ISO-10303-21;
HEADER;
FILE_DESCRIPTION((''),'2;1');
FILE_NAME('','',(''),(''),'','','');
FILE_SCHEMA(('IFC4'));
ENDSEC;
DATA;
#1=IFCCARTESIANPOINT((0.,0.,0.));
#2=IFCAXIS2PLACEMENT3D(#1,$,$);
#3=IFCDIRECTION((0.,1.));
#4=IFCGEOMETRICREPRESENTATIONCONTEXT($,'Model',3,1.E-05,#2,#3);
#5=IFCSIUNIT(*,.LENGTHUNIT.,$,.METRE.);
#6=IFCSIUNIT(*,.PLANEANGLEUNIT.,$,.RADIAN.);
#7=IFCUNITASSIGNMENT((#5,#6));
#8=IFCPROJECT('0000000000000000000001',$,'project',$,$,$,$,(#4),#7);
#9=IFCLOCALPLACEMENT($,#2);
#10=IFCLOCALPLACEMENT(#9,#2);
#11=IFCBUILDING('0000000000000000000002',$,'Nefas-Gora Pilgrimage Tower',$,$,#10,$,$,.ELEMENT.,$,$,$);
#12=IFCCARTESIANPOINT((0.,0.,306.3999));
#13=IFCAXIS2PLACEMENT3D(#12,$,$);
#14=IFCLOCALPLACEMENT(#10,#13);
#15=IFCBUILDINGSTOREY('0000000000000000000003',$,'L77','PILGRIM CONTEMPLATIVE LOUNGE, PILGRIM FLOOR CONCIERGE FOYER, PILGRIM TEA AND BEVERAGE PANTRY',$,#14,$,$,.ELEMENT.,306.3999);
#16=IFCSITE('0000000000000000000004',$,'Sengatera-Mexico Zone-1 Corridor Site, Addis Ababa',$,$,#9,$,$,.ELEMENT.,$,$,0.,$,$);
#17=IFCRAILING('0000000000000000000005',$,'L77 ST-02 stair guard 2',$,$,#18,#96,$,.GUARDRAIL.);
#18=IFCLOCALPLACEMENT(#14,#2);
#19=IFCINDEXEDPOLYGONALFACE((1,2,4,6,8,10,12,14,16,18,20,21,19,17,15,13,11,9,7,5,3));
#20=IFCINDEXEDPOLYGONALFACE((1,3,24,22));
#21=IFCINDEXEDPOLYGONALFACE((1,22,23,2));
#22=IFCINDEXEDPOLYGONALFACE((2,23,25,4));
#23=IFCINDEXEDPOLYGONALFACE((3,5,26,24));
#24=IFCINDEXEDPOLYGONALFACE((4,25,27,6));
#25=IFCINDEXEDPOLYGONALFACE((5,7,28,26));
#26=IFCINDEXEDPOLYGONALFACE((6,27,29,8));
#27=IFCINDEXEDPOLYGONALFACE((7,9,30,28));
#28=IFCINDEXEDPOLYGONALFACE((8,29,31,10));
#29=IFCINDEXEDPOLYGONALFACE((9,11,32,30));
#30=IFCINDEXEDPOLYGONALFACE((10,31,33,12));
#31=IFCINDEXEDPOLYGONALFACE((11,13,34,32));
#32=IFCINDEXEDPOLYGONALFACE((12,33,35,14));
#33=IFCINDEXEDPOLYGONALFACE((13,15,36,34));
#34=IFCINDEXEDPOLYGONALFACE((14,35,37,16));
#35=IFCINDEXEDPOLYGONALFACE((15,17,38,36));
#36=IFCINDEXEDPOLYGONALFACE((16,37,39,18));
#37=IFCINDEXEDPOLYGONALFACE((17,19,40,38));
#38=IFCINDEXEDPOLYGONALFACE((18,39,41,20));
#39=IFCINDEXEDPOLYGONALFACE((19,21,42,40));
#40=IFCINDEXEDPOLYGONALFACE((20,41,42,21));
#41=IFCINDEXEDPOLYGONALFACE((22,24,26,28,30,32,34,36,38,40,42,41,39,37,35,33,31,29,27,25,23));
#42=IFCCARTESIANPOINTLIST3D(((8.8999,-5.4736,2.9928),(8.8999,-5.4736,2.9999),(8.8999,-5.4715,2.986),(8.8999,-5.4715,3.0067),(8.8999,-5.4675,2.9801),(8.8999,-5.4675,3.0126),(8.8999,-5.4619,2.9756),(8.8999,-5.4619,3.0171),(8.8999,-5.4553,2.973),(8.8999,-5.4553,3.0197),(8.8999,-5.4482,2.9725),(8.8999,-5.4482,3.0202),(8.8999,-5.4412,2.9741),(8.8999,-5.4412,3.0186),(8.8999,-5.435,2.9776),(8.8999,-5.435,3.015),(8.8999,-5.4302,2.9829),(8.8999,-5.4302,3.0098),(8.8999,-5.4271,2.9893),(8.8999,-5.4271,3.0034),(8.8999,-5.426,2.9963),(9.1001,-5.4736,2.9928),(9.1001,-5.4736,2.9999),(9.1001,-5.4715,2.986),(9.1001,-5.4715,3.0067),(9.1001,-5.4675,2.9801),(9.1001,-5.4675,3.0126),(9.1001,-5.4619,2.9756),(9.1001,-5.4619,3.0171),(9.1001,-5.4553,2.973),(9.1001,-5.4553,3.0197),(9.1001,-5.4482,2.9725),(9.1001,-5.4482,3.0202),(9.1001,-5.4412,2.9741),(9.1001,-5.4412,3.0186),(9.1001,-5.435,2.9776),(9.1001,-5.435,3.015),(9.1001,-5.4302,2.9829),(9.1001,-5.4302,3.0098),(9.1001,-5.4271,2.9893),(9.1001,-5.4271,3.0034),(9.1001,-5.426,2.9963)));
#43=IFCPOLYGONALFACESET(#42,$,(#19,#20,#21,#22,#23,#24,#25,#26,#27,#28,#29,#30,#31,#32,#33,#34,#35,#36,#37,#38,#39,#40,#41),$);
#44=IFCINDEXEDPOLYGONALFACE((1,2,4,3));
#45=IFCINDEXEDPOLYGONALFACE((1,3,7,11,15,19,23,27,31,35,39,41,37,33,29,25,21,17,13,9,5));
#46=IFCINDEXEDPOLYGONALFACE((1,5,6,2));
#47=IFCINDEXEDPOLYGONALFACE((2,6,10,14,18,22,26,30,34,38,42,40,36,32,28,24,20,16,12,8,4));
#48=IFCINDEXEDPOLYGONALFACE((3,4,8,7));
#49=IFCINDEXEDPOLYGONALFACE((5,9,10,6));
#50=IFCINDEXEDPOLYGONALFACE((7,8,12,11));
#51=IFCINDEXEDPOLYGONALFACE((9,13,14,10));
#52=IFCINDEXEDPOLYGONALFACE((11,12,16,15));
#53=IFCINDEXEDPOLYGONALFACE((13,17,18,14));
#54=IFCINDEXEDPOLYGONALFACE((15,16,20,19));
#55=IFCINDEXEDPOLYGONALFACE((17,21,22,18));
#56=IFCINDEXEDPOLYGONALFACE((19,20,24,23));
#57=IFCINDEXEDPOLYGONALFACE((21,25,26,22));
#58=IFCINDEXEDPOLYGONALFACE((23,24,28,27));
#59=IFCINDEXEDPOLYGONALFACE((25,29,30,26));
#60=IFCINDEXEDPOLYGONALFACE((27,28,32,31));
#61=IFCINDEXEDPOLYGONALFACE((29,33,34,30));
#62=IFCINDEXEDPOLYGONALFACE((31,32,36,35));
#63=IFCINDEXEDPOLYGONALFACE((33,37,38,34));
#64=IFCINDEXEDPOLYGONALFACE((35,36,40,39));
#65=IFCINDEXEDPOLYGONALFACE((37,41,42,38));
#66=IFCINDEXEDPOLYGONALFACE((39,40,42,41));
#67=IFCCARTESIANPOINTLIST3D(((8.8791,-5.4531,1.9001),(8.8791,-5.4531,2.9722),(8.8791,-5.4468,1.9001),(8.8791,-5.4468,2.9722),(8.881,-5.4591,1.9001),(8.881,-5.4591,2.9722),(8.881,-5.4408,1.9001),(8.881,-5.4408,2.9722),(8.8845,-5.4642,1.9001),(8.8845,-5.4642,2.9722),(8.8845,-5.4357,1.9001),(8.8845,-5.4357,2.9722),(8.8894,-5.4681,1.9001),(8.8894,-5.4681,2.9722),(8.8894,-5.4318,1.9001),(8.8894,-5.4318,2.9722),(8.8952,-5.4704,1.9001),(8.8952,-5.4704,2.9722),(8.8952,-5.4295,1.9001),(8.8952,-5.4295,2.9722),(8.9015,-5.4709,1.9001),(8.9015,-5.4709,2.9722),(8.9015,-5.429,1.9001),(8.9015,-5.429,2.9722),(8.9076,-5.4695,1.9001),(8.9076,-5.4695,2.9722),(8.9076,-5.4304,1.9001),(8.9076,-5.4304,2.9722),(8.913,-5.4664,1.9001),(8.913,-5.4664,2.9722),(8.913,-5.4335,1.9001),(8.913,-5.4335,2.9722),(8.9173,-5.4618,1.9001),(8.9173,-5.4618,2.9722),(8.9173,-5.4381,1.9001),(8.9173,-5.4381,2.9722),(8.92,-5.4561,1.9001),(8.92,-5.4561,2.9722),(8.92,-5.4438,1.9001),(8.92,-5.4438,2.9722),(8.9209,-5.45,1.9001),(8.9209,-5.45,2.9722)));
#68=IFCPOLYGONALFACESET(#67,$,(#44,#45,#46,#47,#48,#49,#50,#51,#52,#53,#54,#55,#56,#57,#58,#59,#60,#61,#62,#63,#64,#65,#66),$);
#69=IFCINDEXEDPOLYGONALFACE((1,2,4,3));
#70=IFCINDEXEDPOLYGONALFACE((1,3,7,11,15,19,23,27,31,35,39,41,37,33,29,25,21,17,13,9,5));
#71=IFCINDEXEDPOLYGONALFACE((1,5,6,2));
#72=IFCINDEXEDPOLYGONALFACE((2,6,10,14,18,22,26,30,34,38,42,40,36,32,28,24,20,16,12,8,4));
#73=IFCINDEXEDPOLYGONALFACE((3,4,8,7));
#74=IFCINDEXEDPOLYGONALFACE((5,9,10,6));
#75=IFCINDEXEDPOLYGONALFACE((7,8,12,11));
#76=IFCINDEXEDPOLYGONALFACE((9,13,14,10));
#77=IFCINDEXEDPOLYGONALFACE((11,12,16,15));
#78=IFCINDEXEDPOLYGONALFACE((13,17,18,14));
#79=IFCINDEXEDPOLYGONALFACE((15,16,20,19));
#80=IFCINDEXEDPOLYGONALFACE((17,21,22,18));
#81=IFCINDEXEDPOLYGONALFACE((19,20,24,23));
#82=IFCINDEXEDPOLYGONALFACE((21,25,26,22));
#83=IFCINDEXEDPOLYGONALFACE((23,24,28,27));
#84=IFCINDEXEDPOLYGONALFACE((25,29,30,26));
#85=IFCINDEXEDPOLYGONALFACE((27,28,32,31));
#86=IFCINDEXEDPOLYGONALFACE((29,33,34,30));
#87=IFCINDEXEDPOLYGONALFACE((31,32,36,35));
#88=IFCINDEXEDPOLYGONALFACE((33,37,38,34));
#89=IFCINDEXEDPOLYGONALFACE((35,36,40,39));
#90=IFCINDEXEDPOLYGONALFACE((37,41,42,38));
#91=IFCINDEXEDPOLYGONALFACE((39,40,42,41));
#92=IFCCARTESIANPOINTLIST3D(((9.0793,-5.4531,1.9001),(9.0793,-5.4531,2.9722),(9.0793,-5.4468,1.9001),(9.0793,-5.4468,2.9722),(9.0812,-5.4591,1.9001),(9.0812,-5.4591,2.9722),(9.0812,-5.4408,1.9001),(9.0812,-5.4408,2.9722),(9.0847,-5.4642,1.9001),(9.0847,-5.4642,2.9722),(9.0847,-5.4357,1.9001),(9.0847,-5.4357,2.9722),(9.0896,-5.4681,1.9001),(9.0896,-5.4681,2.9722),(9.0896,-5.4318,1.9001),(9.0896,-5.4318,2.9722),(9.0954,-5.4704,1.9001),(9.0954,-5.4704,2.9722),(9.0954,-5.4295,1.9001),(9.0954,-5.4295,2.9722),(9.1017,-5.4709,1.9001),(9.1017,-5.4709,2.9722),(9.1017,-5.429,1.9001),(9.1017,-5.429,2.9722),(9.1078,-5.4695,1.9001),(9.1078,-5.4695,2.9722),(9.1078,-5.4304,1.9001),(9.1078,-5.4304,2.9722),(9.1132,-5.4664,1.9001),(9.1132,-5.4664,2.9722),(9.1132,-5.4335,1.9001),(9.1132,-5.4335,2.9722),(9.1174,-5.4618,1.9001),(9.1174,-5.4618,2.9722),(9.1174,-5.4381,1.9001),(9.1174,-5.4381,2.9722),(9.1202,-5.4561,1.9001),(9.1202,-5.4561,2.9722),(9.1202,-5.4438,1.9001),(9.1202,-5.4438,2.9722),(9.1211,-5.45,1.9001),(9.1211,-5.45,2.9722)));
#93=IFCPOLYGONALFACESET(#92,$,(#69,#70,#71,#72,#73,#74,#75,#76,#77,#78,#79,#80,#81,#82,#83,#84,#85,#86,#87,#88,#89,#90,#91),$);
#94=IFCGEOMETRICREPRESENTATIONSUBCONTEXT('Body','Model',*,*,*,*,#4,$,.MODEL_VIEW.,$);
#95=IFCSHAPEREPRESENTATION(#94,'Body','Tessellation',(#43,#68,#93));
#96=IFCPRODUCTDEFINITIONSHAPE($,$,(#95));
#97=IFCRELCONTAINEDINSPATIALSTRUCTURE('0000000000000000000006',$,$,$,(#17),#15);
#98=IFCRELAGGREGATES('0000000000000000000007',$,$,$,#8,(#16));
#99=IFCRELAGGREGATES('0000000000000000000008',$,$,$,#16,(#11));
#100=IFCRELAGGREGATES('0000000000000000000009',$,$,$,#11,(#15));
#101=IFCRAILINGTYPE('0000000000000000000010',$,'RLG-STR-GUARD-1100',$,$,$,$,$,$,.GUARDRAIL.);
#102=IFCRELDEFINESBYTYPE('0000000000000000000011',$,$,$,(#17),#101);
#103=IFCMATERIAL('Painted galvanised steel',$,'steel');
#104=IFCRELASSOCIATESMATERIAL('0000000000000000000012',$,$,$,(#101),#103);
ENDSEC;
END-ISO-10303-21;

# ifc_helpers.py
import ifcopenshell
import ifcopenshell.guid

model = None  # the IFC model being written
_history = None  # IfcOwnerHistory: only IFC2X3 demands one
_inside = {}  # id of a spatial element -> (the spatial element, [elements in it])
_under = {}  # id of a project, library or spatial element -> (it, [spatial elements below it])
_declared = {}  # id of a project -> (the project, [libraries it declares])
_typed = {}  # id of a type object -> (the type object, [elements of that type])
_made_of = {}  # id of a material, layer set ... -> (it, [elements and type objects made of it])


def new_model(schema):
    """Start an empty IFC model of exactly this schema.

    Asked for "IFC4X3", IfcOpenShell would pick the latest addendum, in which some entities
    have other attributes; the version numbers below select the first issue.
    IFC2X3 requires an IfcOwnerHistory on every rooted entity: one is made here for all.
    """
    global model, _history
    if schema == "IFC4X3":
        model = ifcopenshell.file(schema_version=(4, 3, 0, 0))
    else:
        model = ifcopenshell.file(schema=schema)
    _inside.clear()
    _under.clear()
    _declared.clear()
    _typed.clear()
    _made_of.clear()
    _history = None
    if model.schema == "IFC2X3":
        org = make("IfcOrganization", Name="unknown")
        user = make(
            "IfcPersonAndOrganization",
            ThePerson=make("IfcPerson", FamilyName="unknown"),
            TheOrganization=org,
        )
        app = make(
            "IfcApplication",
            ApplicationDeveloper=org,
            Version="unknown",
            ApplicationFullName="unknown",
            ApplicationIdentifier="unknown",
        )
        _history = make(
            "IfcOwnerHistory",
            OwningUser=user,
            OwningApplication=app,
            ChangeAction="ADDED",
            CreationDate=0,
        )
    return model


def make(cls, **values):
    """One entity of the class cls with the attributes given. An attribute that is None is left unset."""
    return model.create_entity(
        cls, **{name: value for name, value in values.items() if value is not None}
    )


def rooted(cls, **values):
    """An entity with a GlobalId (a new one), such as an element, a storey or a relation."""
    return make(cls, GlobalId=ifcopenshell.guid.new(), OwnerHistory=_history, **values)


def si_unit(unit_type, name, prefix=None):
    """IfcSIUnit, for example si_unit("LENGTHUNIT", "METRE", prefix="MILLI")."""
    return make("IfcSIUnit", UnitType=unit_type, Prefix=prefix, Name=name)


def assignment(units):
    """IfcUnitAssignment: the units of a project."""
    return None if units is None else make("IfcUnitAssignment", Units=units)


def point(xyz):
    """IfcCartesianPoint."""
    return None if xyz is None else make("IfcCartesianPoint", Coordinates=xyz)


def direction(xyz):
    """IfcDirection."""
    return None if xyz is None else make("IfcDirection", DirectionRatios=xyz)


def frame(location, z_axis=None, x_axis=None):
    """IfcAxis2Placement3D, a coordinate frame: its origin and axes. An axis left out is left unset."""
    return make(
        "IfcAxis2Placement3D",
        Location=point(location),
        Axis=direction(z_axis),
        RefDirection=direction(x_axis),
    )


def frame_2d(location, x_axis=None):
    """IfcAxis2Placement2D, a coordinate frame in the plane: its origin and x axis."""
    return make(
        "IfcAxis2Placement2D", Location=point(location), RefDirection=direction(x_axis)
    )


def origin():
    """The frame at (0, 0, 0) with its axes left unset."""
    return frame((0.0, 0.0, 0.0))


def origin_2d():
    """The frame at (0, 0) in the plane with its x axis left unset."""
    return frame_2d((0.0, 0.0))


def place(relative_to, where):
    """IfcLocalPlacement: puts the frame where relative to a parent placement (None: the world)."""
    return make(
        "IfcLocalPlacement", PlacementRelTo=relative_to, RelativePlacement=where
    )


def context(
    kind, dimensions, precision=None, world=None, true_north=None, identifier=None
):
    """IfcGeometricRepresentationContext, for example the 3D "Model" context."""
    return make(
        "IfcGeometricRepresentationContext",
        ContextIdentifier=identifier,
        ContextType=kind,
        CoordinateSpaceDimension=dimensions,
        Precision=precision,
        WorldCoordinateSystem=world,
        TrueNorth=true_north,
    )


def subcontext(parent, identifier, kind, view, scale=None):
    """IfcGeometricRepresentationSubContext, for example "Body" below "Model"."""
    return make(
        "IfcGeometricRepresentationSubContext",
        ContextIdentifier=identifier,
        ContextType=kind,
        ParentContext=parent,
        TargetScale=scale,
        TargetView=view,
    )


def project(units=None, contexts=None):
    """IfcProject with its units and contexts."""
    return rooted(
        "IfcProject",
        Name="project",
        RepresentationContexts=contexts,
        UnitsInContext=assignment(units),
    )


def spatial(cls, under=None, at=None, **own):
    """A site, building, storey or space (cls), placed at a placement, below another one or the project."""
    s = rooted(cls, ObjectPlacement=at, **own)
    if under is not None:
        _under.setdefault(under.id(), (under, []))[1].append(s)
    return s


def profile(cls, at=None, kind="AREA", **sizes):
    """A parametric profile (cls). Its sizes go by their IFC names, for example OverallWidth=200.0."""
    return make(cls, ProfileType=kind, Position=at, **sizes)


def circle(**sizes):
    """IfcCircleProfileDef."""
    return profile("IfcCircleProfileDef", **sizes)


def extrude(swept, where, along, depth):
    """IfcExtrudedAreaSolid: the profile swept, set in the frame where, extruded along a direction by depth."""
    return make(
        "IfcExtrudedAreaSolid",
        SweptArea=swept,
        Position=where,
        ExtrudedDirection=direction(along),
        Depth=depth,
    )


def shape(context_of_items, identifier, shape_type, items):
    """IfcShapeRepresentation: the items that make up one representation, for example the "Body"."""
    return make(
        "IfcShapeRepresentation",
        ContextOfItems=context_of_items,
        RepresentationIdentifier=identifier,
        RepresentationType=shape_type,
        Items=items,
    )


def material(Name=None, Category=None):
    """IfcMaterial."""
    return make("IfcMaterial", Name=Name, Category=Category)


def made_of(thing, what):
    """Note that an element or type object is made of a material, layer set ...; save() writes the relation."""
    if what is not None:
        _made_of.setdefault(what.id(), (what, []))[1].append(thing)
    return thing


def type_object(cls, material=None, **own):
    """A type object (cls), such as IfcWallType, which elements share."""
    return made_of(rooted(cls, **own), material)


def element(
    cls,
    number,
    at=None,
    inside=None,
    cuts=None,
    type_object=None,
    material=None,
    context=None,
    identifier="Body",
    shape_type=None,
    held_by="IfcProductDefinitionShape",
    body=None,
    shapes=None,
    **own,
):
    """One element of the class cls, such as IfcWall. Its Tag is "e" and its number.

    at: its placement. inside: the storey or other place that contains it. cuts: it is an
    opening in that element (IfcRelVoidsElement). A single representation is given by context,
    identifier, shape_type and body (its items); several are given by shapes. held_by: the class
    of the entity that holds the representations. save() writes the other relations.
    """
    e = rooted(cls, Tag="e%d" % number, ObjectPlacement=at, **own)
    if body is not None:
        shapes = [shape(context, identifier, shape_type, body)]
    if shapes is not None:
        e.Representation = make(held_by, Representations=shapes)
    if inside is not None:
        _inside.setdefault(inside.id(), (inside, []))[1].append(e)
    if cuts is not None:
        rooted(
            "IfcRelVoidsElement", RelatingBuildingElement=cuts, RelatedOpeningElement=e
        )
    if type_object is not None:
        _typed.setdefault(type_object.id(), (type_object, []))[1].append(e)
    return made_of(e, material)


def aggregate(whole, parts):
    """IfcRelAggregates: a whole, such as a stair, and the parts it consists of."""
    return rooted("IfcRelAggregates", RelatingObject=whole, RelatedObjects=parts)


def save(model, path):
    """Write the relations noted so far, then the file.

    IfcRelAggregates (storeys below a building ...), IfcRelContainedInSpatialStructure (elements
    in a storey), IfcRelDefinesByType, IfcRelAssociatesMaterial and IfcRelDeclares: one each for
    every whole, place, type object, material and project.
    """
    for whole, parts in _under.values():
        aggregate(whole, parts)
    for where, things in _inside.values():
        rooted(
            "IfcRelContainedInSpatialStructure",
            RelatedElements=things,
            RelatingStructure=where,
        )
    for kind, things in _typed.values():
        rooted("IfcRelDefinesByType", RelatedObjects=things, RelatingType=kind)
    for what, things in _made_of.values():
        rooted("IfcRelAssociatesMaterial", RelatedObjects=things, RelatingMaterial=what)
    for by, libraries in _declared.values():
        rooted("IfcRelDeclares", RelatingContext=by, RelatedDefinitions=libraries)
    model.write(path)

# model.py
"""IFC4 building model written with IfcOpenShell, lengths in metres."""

from ifc_helpers import new_model, si_unit, direction, frame, origin, origin_2d, place, context, subcontext, project, spatial, circle, extrude, material, type_object, element, save


model = new_model("IFC4")

# Units and contexts
model_context = context("Model", 3, precision=1e-05, world=origin(), true_north=direction((0.0, 1.0)))
body_context = subcontext(model_context, "Body", "Model", "MODEL_VIEW")
ifc_project = project(units=[si_unit("LENGTHUNIT", "METRE"), si_unit("PLANEANGLEUNIT", "RADIAN")], contexts=[model_context])

# Site, building, storey
site_placement = place(None, origin())
site = spatial("IfcSite", under=ifc_project, at=site_placement, Name="Sengatera-Mexico Zone-1 Corridor Site, Addis Ababa", CompositionType="ELEMENT", RefElevation=0.0)
building_placement = place(site_placement, origin())
building = spatial("IfcBuilding", under=site, at=building_placement, Name="Nefas-Gora Pilgrimage Tower", CompositionType="ELEMENT")
storey_placement = place(building_placement, frame((0.0, 0.0, 306.3999)))
storey = spatial("IfcBuildingStorey", under=building, at=storey_placement, Name="L77", Description="PILGRIM CONTEMPLATIVE LOUNGE, PILGRIM FLOOR CONCIERGE FOYER, PILGRIM TEA AND BEVERAGE PANTRY", CompositionType="ELEMENT", Elevation=306.3999)

# Railing
ifc_material_1 = material(Name="Painted galvanised steel", Category="steel")
railing_type_1 = type_object("IfcRailingType", Name="RLG-STR-GUARD-1100", PredefinedType="GUARDRAIL", material=ifc_material_1)
railing_1_placement = place(storey_placement, frame((8.8999, -5.45, 1.9001)))
element("IfcRailing", 1, at=railing_1_placement, inside=storey, type_object=railing_type_1, Name="L77 ST-02 stair guard 2", PredefinedType="GUARDRAIL", context=body_context, shape_type="SweptSolid", body=[
    extrude(circle(Radius=0.0239, at=origin_2d()), frame((0.0, 0.0, 1.0962), z_axis=(1.0, 0.0, 0.0), x_axis=(0.0, 1.0, 0.0)), (0.0, 0.0, 1.0), 0.2002),
    extrude(circle(Radius=0.021, at=origin_2d()), origin(), (0.0, 0.0, 1.0), 1.072),
    extrude(circle(Radius=0.021, at=origin_2d()), frame((0.2002, 0.0, 0.0)), (0.0, 0.0, 1.0), 1.072),
])

save(model, "model.ifc")
